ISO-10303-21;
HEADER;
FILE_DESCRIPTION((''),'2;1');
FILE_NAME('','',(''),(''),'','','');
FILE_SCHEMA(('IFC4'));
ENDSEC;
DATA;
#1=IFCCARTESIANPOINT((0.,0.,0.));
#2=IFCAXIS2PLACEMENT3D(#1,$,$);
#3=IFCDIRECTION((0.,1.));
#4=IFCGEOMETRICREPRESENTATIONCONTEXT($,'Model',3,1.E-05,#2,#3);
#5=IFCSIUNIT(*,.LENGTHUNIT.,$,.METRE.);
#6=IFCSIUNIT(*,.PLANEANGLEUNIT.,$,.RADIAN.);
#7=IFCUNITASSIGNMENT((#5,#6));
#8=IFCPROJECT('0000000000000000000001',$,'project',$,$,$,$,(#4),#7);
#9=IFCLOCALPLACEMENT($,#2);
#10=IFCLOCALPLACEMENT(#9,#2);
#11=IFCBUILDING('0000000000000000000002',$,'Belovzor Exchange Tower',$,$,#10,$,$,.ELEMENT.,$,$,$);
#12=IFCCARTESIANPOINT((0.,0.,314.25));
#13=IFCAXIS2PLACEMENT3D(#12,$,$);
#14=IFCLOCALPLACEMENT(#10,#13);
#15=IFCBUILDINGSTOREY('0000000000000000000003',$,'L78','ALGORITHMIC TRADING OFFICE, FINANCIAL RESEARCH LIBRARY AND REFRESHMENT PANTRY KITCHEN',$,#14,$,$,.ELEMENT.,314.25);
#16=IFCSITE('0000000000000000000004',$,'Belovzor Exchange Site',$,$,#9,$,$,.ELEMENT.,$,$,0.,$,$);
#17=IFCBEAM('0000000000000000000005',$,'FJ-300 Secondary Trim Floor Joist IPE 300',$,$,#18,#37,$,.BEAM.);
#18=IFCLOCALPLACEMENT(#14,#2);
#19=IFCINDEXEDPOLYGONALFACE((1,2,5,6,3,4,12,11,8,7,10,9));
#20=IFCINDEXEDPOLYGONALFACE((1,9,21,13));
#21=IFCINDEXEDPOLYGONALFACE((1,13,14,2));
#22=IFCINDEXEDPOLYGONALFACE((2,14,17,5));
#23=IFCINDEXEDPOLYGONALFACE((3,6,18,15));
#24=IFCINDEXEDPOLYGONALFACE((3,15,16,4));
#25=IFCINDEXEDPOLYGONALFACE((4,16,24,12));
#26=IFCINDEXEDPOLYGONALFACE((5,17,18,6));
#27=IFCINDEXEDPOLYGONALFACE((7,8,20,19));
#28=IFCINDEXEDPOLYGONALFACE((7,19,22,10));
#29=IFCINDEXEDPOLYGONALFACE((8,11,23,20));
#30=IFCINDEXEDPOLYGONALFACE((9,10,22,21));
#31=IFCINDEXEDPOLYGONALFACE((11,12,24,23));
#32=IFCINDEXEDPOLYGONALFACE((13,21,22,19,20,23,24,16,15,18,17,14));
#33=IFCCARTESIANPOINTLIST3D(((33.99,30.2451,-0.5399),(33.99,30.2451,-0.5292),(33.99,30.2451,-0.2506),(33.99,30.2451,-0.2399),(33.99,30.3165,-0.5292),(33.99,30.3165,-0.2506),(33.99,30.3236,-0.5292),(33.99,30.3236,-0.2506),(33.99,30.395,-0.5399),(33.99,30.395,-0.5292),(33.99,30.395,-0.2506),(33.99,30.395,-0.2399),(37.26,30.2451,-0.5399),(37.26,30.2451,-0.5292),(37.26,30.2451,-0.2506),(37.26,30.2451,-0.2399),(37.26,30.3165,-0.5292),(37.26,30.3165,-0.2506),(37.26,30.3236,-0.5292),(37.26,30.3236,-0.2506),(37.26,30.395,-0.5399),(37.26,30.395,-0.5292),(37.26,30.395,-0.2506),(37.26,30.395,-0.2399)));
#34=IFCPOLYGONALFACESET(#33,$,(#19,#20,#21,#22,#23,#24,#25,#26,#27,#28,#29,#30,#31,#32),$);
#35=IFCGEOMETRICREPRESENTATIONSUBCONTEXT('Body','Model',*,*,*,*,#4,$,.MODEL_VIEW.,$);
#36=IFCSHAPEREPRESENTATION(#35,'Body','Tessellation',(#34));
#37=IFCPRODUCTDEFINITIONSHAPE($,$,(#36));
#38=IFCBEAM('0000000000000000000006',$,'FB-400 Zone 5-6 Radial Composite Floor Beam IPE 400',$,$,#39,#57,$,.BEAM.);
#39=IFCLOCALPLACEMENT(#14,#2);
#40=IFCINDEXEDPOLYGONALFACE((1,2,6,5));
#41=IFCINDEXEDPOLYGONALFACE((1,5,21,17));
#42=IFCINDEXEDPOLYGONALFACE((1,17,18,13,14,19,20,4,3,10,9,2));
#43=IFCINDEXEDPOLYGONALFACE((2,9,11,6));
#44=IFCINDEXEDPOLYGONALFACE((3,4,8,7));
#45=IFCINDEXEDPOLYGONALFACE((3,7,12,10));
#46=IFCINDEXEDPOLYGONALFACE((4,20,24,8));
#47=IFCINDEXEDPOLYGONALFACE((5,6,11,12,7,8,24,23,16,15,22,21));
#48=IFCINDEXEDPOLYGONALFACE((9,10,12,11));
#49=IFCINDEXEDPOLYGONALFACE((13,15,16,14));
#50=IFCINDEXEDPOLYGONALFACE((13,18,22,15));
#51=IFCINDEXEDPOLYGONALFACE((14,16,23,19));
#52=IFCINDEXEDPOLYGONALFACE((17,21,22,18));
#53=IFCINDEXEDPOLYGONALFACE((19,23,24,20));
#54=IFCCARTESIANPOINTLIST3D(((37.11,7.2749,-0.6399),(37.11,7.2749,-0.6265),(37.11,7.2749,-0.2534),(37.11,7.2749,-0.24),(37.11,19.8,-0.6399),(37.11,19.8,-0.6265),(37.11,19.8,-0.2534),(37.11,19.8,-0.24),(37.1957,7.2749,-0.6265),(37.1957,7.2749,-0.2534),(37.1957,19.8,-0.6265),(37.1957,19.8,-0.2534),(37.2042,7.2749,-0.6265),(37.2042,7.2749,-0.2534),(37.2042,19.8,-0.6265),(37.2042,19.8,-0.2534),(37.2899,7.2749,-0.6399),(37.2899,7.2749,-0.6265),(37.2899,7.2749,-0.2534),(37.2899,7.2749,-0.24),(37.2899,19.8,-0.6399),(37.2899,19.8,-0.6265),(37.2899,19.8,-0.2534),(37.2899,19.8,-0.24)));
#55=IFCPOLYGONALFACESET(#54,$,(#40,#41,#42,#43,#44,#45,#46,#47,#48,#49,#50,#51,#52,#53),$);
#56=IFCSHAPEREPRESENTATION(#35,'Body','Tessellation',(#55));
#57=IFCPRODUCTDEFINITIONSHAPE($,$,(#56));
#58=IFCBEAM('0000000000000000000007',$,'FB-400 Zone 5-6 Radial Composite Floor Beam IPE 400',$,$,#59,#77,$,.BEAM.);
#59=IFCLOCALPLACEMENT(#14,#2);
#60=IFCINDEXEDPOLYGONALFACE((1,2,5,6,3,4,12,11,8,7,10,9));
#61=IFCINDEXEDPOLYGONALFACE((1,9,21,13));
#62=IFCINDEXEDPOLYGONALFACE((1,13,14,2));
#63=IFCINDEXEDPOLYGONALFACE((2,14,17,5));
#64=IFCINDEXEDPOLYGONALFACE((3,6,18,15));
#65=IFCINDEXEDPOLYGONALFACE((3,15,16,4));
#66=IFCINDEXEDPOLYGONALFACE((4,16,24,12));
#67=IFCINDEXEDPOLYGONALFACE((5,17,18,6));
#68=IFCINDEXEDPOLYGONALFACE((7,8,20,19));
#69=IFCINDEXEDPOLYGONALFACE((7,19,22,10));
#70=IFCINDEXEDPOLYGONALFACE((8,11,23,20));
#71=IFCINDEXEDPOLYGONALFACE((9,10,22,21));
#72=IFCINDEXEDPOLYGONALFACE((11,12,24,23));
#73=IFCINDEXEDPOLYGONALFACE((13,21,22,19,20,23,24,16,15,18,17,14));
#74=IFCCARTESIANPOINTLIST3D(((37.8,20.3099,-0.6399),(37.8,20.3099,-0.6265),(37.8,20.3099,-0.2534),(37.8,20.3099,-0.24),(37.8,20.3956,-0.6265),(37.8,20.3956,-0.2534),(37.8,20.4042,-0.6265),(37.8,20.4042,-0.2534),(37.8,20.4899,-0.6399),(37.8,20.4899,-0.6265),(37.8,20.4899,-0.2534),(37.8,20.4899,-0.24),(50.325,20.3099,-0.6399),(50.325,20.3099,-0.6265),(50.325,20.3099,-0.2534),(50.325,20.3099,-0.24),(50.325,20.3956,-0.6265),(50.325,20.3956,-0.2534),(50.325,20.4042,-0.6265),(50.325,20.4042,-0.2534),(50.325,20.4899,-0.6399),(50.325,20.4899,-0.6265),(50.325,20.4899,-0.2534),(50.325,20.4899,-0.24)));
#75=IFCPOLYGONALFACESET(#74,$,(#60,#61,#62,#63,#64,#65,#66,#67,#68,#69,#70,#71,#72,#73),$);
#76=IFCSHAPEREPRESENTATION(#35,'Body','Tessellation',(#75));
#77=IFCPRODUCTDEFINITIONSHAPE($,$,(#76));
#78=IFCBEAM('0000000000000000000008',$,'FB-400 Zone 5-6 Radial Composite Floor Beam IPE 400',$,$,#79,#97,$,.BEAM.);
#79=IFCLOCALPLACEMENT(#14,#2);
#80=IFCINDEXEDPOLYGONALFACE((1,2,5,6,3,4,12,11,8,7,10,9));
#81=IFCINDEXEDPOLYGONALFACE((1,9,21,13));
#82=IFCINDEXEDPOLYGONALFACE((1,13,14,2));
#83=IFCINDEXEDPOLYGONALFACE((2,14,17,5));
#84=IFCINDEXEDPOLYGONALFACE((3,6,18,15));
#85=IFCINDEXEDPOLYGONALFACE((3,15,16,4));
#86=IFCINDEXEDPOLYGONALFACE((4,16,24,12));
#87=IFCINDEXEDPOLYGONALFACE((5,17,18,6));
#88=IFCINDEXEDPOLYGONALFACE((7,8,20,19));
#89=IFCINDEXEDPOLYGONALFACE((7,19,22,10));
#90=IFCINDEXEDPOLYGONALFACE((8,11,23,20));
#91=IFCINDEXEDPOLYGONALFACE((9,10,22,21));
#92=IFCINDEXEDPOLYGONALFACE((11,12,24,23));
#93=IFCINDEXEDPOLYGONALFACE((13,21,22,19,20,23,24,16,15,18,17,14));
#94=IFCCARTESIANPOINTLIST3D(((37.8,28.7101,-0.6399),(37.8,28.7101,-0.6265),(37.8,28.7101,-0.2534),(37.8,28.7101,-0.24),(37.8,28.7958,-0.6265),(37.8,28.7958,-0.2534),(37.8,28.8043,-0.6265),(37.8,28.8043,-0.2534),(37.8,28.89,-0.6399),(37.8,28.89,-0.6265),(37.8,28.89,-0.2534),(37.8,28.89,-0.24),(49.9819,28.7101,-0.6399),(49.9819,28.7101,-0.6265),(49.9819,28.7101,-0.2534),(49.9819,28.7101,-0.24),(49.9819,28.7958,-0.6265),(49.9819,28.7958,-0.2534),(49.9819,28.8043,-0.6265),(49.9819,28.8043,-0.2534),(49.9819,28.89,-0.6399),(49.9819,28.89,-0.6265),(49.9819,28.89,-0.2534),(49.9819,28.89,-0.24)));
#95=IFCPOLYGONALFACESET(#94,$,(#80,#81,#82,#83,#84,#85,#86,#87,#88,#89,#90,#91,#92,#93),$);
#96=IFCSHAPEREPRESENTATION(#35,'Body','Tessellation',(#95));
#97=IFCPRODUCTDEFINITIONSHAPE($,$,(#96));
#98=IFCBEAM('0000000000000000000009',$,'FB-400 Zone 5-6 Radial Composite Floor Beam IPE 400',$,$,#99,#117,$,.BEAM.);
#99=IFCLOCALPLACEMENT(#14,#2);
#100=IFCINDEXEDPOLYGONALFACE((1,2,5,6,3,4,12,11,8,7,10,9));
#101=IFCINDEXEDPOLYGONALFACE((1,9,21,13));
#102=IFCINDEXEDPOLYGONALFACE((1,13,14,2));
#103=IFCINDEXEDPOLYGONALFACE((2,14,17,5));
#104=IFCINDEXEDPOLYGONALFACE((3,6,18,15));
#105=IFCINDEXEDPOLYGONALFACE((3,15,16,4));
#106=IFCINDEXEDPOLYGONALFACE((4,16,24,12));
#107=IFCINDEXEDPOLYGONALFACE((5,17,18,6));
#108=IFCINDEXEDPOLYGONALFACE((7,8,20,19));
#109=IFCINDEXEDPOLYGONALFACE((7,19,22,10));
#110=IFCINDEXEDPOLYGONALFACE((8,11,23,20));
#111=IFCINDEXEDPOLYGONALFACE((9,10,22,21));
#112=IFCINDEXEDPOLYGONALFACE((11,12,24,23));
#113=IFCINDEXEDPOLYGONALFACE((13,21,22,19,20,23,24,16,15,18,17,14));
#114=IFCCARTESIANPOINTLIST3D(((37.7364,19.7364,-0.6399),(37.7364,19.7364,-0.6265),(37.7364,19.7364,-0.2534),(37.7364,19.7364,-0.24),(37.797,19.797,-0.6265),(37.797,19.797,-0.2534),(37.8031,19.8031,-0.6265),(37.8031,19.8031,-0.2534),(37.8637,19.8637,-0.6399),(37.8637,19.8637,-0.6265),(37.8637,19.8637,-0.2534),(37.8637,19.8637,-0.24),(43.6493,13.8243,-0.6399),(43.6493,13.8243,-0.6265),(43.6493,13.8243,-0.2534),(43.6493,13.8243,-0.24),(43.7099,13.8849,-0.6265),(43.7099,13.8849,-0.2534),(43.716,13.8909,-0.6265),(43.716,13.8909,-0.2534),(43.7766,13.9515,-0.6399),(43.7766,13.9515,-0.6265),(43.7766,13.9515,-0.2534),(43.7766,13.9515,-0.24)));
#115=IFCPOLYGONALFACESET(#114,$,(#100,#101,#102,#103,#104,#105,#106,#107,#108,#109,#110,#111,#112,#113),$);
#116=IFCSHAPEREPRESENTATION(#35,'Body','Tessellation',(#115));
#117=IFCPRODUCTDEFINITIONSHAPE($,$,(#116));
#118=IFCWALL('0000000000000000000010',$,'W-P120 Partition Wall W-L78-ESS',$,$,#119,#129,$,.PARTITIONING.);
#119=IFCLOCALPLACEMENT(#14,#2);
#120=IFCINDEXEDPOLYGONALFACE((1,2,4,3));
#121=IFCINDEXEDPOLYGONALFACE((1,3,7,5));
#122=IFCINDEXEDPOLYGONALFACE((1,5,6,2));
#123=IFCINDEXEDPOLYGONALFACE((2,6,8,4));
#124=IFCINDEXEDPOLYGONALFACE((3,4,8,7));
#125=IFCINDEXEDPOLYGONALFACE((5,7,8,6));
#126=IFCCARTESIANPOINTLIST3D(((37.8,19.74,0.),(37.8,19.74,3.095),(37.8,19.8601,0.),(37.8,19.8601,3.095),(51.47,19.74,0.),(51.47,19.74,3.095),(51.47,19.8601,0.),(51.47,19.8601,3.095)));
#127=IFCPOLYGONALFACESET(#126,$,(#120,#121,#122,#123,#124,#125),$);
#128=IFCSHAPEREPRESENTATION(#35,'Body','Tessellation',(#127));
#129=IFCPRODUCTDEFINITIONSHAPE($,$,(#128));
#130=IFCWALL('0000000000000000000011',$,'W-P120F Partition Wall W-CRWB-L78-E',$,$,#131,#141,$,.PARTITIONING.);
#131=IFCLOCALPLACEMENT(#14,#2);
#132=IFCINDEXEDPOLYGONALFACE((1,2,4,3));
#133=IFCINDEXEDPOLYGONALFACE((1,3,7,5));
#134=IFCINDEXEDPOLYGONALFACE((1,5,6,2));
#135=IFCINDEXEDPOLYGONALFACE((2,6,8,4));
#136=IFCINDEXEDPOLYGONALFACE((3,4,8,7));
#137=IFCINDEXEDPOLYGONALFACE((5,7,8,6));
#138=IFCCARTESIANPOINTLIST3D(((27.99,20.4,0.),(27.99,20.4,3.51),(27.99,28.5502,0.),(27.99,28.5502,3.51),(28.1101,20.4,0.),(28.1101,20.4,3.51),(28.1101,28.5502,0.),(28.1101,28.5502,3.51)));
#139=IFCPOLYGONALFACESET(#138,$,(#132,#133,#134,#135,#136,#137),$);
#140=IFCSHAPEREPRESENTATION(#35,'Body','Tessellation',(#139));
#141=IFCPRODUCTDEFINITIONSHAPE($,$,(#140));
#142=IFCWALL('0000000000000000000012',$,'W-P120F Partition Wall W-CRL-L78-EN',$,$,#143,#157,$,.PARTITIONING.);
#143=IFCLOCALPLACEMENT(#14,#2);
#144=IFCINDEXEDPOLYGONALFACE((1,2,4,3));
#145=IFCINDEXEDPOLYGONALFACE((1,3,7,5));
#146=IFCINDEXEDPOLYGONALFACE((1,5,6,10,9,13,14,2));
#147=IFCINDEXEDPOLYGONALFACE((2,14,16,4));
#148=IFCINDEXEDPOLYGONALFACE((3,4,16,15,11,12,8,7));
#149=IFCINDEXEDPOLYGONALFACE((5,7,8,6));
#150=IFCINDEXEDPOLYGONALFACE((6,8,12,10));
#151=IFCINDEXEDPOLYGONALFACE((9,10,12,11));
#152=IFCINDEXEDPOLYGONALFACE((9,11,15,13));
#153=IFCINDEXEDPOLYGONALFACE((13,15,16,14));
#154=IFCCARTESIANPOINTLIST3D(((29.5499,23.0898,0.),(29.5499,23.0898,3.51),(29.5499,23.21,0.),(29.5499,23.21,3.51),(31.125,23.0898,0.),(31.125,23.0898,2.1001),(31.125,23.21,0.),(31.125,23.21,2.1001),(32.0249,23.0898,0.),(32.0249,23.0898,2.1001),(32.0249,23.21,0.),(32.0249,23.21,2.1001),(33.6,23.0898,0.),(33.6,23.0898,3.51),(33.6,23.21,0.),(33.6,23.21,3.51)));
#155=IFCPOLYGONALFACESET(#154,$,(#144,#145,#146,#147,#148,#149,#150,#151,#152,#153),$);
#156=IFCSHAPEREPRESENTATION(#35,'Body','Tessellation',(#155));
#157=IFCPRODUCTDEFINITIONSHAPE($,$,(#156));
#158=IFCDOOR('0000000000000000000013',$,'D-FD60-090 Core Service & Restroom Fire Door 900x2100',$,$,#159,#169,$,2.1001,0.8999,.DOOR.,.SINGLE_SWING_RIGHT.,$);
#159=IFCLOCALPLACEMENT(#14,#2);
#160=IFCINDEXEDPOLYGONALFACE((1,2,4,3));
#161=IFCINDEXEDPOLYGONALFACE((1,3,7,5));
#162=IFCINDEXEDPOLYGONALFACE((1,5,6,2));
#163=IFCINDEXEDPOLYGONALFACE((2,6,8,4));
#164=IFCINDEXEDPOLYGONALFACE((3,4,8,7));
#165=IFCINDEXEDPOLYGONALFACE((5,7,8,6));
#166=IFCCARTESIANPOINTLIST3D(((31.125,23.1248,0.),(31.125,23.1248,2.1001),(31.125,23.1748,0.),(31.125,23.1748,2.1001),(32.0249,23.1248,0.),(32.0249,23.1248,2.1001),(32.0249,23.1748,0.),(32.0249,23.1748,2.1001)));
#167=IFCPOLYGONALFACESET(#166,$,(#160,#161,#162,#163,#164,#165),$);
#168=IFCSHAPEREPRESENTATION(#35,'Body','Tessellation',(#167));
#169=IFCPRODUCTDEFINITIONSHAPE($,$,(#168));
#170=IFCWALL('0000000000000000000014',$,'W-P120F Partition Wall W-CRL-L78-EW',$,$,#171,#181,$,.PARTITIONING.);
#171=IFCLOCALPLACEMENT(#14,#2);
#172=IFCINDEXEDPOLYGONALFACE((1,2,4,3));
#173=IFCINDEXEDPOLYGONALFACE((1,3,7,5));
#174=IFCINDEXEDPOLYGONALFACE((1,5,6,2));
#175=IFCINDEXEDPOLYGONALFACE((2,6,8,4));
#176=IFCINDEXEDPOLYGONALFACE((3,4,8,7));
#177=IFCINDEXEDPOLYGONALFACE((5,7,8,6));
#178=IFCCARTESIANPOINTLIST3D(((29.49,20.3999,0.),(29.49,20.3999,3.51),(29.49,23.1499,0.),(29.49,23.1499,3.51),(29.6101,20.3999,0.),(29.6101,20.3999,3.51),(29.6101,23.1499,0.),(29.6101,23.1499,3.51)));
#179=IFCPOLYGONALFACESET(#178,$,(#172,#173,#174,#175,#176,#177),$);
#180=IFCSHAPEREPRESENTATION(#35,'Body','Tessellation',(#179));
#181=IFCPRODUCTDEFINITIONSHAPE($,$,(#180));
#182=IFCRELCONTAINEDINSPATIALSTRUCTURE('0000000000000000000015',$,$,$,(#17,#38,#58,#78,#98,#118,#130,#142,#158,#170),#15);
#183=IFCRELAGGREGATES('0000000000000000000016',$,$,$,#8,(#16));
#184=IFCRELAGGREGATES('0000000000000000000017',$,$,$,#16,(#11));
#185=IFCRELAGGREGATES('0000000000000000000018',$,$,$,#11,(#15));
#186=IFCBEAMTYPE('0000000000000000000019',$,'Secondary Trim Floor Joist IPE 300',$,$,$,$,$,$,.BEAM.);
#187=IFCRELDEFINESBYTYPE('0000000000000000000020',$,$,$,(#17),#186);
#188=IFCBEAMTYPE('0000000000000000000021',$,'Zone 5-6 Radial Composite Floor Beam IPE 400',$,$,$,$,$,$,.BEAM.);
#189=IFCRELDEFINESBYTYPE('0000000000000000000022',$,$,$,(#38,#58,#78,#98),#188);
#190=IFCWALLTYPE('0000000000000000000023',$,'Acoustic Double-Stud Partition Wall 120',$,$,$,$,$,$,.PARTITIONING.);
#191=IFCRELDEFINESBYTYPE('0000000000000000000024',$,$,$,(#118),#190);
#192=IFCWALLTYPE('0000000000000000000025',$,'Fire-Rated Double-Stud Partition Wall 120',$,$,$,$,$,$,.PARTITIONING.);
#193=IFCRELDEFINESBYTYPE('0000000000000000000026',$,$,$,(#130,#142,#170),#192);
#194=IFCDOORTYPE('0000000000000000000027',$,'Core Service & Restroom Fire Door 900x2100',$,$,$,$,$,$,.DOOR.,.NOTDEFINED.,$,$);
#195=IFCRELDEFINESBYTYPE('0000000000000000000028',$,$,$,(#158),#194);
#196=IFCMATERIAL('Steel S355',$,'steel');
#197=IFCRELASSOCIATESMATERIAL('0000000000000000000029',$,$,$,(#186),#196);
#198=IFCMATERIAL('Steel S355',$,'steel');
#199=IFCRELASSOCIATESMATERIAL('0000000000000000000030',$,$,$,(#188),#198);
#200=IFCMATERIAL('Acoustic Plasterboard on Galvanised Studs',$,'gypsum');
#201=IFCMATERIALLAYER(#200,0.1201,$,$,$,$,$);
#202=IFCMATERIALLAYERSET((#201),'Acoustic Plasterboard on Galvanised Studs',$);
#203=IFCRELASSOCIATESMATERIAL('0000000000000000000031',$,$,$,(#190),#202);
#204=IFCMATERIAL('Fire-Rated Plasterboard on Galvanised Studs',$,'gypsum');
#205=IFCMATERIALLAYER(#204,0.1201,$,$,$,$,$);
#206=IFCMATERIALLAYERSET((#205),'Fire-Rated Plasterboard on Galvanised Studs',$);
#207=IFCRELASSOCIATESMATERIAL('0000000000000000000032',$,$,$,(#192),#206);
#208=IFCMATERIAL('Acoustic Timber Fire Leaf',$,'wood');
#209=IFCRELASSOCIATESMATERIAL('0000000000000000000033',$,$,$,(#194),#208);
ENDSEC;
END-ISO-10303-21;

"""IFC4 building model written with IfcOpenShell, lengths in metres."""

from ifc_helpers import new_model, si_unit, direction, frame, frame_2d, origin, origin_2d, place, context, subcontext, project, spatial, rectangle, i_section, extrude, material, layer, layer_set, material_profile, profile_set, type_object, element, fill, save


model = new_model("IFC4")

# Units and contexts
model_context = context("Model", 3, precision=1e-05, world=origin(), true_north=direction((0.0, 1.0)))
body_context = subcontext(model_context, "Body", "Model", "MODEL_VIEW")
ifc_project = project(units=[si_unit("LENGTHUNIT", "METRE"), si_unit("PLANEANGLEUNIT", "RADIAN")], contexts=[model_context])

# Site, building, storey
site_placement = place(None, origin())
site = spatial("IfcSite", under=ifc_project, at=site_placement, Name="Belovzor Exchange Site", CompositionType="ELEMENT", RefElevation=0.0)
building_placement = place(site_placement, origin())
building = spatial("IfcBuilding", under=site, at=building_placement, Name="Belovzor Exchange Tower", CompositionType="ELEMENT")
storey_placement = place(building_placement, frame((0.0, 0.0, 314.25)))
storey = spatial("IfcBuildingStorey", under=building, at=storey_placement, Name="L78", Description="ALGORITHMIC TRADING OFFICE, FINANCIAL RESEARCH LIBRARY AND REFRESHMENT PANTRY KITCHEN", CompositionType="ELEMENT", Elevation=314.25)

# Beams
ifc_material_1 = material(Name="Steel S355", Category="steel")
ifc_material_profile_1 = material_profile(ifc_material_1, i_section(OverallWidth=0.1499, OverallDepth=0.3, WebThickness=0.0071, FlangeThickness=0.0107, at=origin_2d()))
ifc_profile_set_1 = profile_set([ifc_material_profile_1], Name="Steel S355")
beam_type_1 = type_object("IfcBeamType", Name="Secondary Trim Floor Joist IPE 300", PredefinedType="BEAM", material=ifc_profile_set_1)
beam_1_placement = place(storey_placement, frame((37.26, 30.3201, -0.3899), z_axis=(-1.0, 0.0, 0.0), x_axis=(0.0, -1.0, 0.0)))
element("IfcBeam", 1, at=beam_1_placement, inside=storey, type_object=beam_type_1, Name="FJ-300 Secondary Trim Floor Joist IPE 300", PredefinedType="BEAM", context=body_context, shape_type="SweptSolid", body=[
    extrude(i_section(OverallWidth=0.1499, OverallDepth=0.3, WebThickness=0.0071, FlangeThickness=0.0107, at=origin_2d()), origin(), (0.0, 0.0, 1.0), 3.27),
])
ifc_material_2 = material(Name="Steel S355", Category="steel")
ifc_material_profile_2 = material_profile(ifc_material_2, i_section(OverallWidth=0.1799, OverallDepth=0.3999, WebThickness=0.0085, FlangeThickness=0.0134, at=origin_2d()))
ifc_profile_set_2 = profile_set([ifc_material_profile_2], Name="Steel S355")
beam_type_2 = type_object("IfcBeamType", Name="Zone 5-6 Radial Composite Floor Beam IPE 400", PredefinedType="BEAM", material=ifc_profile_set_2)
beam_2_placement = place(storey_placement, frame((37.2, 19.8, -0.4399), z_axis=(0.0, -1.0, 0.0), x_axis=(1.0, 0.0, 0.0)))
element("IfcBeam", 2, at=beam_2_placement, inside=storey, type_object=beam_type_2, Name="FB-400 Zone 5-6 Radial Composite Floor Beam IPE 400", PredefinedType="BEAM", context=body_context, shape_type="SweptSolid", body=[
    extrude(i_section(OverallWidth=0.1799, OverallDepth=0.3999, WebThickness=0.0085, FlangeThickness=0.0134, at=origin_2d()), origin(), (0.0, 0.0, 1.0), 12.5251),
])
beam_3_placement = place(storey_placement, frame((37.8, 20.3999, -0.4399), z_axis=(1.0, 0.0, 0.0), x_axis=(0.0, 1.0, 0.0)))
element("IfcBeam", 3, at=beam_3_placement, inside=storey, type_object=beam_type_2, Name="FB-400 Zone 5-6 Radial Composite Floor Beam IPE 400", PredefinedType="BEAM", context=body_context, shape_type="SweptSolid", body=[
    extrude(i_section(OverallWidth=0.1799, OverallDepth=0.3999, WebThickness=0.0085, FlangeThickness=0.0134, at=origin_2d()), origin(), (0.0, 0.0, 1.0), 12.5249),
])
beam_4_placement = place(storey_placement, frame((37.8, 28.8, -0.4399), z_axis=(1.0, 0.0, 0.0), x_axis=(0.0, 1.0, 0.0)))
element("IfcBeam", 4, at=beam_4_placement, inside=storey, type_object=beam_type_2, Name="FB-400 Zone 5-6 Radial Composite Floor Beam IPE 400", PredefinedType="BEAM", context=body_context, shape_type="SweptSolid", body=[
    extrude(i_section(OverallWidth=0.1799, OverallDepth=0.3999, WebThickness=0.0085, FlangeThickness=0.0134, at=origin_2d()), origin(), (0.0, 0.0, 1.0), 12.1819),
])
beam_5_placement = place(storey_placement, frame((37.8, 19.8, -0.4399), z_axis=(0.707151, -0.707063, 0.0), x_axis=(0.707063, 0.707151, 0.0)))
element("IfcBeam", 5, at=beam_5_placement, inside=storey, type_object=beam_type_2, Name="FB-400 Zone 5-6 Radial Composite Floor Beam IPE 400", PredefinedType="BEAM", context=body_context, shape_type="SweptSolid", body=[
    extrude(i_section(OverallWidth=0.1799, OverallDepth=0.3999, WebThickness=0.0085, FlangeThickness=0.0134, at=origin_2d()), origin(), (0.0, 0.0, 1.0), 8.3616),
])

# Walls
ifc_material_3 = material(Name="Acoustic Plasterboard on Galvanised Studs", Category="gypsum")
ifc_layer_1 = layer(ifc_material_3, 0.1201)
ifc_layer_set_1 = layer_set([ifc_layer_1], Name="Acoustic Plasterboard on Galvanised Studs")
wall_type_1 = type_object("IfcWallType", Name="Acoustic Double-Stud Partition Wall 120", PredefinedType="PARTITIONING", material=ifc_layer_set_1)
wall_1_placement = place(storey_placement, frame((37.8, 19.8, 0.0), z_axis=(0.0, 0.0, 1.0), x_axis=(1.0, 0.0, 0.0)))
element("IfcWall", 6, at=wall_1_placement, inside=storey, type_object=wall_type_1, Name="W-P120 Partition Wall W-L78-ESS", PredefinedType="PARTITIONING", context=body_context, shape_type="SweptSolid", body=[
    extrude(rectangle(XDim=13.6699, YDim=0.1201, at=frame_2d((6.835, 0.0))), origin(), (0.0, 0.0, 1.0), 3.095),
])
ifc_material_4 = material(Name="Fire-Rated Plasterboard on Galvanised Studs", Category="gypsum")
ifc_layer_2 = layer(ifc_material_4, 0.1201)
ifc_layer_set_2 = layer_set([ifc_layer_2], Name="Fire-Rated Plasterboard on Galvanised Studs")
wall_type_2 = type_object("IfcWallType", Name="Fire-Rated Double-Stud Partition Wall 120", PredefinedType="PARTITIONING", material=ifc_layer_set_2)
wall_2_placement = place(storey_placement, frame((28.05, 20.3999, 0.0), z_axis=(0.0, 0.0, 1.0), x_axis=(0.0, 1.0, 0.0)))
element("IfcWall", 7, at=wall_2_placement, inside=storey, type_object=wall_type_2, Name="W-P120F Partition Wall W-CRWB-L78-E", PredefinedType="PARTITIONING", context=body_context, shape_type="SweptSolid", body=[
    extrude(rectangle(XDim=8.1501, YDim=0.1201, at=frame_2d((4.0752, 0.0))), origin(), (0.0, 0.0, 1.0), 3.51),
])

# Wall, opening, door
wall_3_placement = place(storey_placement, frame((29.55, 23.1499, 0.0), z_axis=(0.0, 0.0, 1.0), x_axis=(1.0, 0.0, 0.0)))
wall_3 = element("IfcWall", 8, at=wall_3_placement, inside=storey, type_object=wall_type_2, Name="W-P120F Partition Wall W-CRL-L78-EN", PredefinedType="PARTITIONING", context=body_context, shape_type="SweptSolid", body=[
    extrude(rectangle(XDim=4.05, YDim=0.1201, at=frame_2d((2.0249, 0.0))), origin(), (0.0, 0.0, 1.0), 3.51),
])
opening_1_placement = place(wall_3_placement, frame((1.575, 0.0, 0.0)))
opening_1 = element("IfcOpeningElement", 9, at=opening_1_placement, cuts=wall_3, PredefinedType="OPENING", context=body_context, shape_type="SweptSolid", body=[
    extrude(rectangle(XDim=0.8999, YDim=2.1001, at=frame_2d((0.45, 1.05))), frame((0.0, 0.0701, 0.0), z_axis=(0.0, -1.0, 0.0), x_axis=(1.0, 0.0, 0.0)), (0.0, 0.0, 1.0), 0.1401),
])
ifc_material_5 = material(Name="Acoustic Timber Fire Leaf", Category="wood")
door_type_1 = type_object("IfcDoorType", Name="Core Service & Restroom Fire Door 900x2100", OperationType="NOTDEFINED", PredefinedType="DOOR", material=ifc_material_5)
door_1_placement = place(opening_1_placement, origin())
door_1 = element("IfcDoor", 10, at=door_1_placement, inside=storey, type_object=door_type_1, Name="D-FD60-090 Core Service & Restroom Fire Door 900x2100", OperationType="SINGLE_SWING_RIGHT", OverallHeight=2.1001, OverallWidth=0.8999, PredefinedType="DOOR", context=body_context, shape_type="SweptSolid", body=[
    extrude(rectangle(XDim=0.8999, YDim=2.1001, at=frame_2d((0.45, 1.05))), frame((0.0, 0.0249, 0.0), z_axis=(0.0, -1.0, 0.0), x_axis=(1.0, 0.0, 0.0)), (0.0, 0.0, 1.0), 0.05),
])
fill(opening_1, door_1)

# Wall
wall_4_placement = place(storey_placement, frame((29.55, 20.3999, 0.0), z_axis=(0.0, 0.0, 1.0), x_axis=(0.0, 1.0, 0.0)))
element("IfcWall", 11, at=wall_4_placement, inside=storey, type_object=wall_type_2, Name="W-P120F Partition Wall W-CRL-L78-EW", PredefinedType="PARTITIONING", context=body_context, shape_type="SweptSolid", body=[
    extrude(rectangle(XDim=2.75, YDim=0.1201, at=frame_2d((1.375, 0.0))), origin(), (0.0, 0.0, 1.0), 3.51),
])

save(model, "model.ifc")
